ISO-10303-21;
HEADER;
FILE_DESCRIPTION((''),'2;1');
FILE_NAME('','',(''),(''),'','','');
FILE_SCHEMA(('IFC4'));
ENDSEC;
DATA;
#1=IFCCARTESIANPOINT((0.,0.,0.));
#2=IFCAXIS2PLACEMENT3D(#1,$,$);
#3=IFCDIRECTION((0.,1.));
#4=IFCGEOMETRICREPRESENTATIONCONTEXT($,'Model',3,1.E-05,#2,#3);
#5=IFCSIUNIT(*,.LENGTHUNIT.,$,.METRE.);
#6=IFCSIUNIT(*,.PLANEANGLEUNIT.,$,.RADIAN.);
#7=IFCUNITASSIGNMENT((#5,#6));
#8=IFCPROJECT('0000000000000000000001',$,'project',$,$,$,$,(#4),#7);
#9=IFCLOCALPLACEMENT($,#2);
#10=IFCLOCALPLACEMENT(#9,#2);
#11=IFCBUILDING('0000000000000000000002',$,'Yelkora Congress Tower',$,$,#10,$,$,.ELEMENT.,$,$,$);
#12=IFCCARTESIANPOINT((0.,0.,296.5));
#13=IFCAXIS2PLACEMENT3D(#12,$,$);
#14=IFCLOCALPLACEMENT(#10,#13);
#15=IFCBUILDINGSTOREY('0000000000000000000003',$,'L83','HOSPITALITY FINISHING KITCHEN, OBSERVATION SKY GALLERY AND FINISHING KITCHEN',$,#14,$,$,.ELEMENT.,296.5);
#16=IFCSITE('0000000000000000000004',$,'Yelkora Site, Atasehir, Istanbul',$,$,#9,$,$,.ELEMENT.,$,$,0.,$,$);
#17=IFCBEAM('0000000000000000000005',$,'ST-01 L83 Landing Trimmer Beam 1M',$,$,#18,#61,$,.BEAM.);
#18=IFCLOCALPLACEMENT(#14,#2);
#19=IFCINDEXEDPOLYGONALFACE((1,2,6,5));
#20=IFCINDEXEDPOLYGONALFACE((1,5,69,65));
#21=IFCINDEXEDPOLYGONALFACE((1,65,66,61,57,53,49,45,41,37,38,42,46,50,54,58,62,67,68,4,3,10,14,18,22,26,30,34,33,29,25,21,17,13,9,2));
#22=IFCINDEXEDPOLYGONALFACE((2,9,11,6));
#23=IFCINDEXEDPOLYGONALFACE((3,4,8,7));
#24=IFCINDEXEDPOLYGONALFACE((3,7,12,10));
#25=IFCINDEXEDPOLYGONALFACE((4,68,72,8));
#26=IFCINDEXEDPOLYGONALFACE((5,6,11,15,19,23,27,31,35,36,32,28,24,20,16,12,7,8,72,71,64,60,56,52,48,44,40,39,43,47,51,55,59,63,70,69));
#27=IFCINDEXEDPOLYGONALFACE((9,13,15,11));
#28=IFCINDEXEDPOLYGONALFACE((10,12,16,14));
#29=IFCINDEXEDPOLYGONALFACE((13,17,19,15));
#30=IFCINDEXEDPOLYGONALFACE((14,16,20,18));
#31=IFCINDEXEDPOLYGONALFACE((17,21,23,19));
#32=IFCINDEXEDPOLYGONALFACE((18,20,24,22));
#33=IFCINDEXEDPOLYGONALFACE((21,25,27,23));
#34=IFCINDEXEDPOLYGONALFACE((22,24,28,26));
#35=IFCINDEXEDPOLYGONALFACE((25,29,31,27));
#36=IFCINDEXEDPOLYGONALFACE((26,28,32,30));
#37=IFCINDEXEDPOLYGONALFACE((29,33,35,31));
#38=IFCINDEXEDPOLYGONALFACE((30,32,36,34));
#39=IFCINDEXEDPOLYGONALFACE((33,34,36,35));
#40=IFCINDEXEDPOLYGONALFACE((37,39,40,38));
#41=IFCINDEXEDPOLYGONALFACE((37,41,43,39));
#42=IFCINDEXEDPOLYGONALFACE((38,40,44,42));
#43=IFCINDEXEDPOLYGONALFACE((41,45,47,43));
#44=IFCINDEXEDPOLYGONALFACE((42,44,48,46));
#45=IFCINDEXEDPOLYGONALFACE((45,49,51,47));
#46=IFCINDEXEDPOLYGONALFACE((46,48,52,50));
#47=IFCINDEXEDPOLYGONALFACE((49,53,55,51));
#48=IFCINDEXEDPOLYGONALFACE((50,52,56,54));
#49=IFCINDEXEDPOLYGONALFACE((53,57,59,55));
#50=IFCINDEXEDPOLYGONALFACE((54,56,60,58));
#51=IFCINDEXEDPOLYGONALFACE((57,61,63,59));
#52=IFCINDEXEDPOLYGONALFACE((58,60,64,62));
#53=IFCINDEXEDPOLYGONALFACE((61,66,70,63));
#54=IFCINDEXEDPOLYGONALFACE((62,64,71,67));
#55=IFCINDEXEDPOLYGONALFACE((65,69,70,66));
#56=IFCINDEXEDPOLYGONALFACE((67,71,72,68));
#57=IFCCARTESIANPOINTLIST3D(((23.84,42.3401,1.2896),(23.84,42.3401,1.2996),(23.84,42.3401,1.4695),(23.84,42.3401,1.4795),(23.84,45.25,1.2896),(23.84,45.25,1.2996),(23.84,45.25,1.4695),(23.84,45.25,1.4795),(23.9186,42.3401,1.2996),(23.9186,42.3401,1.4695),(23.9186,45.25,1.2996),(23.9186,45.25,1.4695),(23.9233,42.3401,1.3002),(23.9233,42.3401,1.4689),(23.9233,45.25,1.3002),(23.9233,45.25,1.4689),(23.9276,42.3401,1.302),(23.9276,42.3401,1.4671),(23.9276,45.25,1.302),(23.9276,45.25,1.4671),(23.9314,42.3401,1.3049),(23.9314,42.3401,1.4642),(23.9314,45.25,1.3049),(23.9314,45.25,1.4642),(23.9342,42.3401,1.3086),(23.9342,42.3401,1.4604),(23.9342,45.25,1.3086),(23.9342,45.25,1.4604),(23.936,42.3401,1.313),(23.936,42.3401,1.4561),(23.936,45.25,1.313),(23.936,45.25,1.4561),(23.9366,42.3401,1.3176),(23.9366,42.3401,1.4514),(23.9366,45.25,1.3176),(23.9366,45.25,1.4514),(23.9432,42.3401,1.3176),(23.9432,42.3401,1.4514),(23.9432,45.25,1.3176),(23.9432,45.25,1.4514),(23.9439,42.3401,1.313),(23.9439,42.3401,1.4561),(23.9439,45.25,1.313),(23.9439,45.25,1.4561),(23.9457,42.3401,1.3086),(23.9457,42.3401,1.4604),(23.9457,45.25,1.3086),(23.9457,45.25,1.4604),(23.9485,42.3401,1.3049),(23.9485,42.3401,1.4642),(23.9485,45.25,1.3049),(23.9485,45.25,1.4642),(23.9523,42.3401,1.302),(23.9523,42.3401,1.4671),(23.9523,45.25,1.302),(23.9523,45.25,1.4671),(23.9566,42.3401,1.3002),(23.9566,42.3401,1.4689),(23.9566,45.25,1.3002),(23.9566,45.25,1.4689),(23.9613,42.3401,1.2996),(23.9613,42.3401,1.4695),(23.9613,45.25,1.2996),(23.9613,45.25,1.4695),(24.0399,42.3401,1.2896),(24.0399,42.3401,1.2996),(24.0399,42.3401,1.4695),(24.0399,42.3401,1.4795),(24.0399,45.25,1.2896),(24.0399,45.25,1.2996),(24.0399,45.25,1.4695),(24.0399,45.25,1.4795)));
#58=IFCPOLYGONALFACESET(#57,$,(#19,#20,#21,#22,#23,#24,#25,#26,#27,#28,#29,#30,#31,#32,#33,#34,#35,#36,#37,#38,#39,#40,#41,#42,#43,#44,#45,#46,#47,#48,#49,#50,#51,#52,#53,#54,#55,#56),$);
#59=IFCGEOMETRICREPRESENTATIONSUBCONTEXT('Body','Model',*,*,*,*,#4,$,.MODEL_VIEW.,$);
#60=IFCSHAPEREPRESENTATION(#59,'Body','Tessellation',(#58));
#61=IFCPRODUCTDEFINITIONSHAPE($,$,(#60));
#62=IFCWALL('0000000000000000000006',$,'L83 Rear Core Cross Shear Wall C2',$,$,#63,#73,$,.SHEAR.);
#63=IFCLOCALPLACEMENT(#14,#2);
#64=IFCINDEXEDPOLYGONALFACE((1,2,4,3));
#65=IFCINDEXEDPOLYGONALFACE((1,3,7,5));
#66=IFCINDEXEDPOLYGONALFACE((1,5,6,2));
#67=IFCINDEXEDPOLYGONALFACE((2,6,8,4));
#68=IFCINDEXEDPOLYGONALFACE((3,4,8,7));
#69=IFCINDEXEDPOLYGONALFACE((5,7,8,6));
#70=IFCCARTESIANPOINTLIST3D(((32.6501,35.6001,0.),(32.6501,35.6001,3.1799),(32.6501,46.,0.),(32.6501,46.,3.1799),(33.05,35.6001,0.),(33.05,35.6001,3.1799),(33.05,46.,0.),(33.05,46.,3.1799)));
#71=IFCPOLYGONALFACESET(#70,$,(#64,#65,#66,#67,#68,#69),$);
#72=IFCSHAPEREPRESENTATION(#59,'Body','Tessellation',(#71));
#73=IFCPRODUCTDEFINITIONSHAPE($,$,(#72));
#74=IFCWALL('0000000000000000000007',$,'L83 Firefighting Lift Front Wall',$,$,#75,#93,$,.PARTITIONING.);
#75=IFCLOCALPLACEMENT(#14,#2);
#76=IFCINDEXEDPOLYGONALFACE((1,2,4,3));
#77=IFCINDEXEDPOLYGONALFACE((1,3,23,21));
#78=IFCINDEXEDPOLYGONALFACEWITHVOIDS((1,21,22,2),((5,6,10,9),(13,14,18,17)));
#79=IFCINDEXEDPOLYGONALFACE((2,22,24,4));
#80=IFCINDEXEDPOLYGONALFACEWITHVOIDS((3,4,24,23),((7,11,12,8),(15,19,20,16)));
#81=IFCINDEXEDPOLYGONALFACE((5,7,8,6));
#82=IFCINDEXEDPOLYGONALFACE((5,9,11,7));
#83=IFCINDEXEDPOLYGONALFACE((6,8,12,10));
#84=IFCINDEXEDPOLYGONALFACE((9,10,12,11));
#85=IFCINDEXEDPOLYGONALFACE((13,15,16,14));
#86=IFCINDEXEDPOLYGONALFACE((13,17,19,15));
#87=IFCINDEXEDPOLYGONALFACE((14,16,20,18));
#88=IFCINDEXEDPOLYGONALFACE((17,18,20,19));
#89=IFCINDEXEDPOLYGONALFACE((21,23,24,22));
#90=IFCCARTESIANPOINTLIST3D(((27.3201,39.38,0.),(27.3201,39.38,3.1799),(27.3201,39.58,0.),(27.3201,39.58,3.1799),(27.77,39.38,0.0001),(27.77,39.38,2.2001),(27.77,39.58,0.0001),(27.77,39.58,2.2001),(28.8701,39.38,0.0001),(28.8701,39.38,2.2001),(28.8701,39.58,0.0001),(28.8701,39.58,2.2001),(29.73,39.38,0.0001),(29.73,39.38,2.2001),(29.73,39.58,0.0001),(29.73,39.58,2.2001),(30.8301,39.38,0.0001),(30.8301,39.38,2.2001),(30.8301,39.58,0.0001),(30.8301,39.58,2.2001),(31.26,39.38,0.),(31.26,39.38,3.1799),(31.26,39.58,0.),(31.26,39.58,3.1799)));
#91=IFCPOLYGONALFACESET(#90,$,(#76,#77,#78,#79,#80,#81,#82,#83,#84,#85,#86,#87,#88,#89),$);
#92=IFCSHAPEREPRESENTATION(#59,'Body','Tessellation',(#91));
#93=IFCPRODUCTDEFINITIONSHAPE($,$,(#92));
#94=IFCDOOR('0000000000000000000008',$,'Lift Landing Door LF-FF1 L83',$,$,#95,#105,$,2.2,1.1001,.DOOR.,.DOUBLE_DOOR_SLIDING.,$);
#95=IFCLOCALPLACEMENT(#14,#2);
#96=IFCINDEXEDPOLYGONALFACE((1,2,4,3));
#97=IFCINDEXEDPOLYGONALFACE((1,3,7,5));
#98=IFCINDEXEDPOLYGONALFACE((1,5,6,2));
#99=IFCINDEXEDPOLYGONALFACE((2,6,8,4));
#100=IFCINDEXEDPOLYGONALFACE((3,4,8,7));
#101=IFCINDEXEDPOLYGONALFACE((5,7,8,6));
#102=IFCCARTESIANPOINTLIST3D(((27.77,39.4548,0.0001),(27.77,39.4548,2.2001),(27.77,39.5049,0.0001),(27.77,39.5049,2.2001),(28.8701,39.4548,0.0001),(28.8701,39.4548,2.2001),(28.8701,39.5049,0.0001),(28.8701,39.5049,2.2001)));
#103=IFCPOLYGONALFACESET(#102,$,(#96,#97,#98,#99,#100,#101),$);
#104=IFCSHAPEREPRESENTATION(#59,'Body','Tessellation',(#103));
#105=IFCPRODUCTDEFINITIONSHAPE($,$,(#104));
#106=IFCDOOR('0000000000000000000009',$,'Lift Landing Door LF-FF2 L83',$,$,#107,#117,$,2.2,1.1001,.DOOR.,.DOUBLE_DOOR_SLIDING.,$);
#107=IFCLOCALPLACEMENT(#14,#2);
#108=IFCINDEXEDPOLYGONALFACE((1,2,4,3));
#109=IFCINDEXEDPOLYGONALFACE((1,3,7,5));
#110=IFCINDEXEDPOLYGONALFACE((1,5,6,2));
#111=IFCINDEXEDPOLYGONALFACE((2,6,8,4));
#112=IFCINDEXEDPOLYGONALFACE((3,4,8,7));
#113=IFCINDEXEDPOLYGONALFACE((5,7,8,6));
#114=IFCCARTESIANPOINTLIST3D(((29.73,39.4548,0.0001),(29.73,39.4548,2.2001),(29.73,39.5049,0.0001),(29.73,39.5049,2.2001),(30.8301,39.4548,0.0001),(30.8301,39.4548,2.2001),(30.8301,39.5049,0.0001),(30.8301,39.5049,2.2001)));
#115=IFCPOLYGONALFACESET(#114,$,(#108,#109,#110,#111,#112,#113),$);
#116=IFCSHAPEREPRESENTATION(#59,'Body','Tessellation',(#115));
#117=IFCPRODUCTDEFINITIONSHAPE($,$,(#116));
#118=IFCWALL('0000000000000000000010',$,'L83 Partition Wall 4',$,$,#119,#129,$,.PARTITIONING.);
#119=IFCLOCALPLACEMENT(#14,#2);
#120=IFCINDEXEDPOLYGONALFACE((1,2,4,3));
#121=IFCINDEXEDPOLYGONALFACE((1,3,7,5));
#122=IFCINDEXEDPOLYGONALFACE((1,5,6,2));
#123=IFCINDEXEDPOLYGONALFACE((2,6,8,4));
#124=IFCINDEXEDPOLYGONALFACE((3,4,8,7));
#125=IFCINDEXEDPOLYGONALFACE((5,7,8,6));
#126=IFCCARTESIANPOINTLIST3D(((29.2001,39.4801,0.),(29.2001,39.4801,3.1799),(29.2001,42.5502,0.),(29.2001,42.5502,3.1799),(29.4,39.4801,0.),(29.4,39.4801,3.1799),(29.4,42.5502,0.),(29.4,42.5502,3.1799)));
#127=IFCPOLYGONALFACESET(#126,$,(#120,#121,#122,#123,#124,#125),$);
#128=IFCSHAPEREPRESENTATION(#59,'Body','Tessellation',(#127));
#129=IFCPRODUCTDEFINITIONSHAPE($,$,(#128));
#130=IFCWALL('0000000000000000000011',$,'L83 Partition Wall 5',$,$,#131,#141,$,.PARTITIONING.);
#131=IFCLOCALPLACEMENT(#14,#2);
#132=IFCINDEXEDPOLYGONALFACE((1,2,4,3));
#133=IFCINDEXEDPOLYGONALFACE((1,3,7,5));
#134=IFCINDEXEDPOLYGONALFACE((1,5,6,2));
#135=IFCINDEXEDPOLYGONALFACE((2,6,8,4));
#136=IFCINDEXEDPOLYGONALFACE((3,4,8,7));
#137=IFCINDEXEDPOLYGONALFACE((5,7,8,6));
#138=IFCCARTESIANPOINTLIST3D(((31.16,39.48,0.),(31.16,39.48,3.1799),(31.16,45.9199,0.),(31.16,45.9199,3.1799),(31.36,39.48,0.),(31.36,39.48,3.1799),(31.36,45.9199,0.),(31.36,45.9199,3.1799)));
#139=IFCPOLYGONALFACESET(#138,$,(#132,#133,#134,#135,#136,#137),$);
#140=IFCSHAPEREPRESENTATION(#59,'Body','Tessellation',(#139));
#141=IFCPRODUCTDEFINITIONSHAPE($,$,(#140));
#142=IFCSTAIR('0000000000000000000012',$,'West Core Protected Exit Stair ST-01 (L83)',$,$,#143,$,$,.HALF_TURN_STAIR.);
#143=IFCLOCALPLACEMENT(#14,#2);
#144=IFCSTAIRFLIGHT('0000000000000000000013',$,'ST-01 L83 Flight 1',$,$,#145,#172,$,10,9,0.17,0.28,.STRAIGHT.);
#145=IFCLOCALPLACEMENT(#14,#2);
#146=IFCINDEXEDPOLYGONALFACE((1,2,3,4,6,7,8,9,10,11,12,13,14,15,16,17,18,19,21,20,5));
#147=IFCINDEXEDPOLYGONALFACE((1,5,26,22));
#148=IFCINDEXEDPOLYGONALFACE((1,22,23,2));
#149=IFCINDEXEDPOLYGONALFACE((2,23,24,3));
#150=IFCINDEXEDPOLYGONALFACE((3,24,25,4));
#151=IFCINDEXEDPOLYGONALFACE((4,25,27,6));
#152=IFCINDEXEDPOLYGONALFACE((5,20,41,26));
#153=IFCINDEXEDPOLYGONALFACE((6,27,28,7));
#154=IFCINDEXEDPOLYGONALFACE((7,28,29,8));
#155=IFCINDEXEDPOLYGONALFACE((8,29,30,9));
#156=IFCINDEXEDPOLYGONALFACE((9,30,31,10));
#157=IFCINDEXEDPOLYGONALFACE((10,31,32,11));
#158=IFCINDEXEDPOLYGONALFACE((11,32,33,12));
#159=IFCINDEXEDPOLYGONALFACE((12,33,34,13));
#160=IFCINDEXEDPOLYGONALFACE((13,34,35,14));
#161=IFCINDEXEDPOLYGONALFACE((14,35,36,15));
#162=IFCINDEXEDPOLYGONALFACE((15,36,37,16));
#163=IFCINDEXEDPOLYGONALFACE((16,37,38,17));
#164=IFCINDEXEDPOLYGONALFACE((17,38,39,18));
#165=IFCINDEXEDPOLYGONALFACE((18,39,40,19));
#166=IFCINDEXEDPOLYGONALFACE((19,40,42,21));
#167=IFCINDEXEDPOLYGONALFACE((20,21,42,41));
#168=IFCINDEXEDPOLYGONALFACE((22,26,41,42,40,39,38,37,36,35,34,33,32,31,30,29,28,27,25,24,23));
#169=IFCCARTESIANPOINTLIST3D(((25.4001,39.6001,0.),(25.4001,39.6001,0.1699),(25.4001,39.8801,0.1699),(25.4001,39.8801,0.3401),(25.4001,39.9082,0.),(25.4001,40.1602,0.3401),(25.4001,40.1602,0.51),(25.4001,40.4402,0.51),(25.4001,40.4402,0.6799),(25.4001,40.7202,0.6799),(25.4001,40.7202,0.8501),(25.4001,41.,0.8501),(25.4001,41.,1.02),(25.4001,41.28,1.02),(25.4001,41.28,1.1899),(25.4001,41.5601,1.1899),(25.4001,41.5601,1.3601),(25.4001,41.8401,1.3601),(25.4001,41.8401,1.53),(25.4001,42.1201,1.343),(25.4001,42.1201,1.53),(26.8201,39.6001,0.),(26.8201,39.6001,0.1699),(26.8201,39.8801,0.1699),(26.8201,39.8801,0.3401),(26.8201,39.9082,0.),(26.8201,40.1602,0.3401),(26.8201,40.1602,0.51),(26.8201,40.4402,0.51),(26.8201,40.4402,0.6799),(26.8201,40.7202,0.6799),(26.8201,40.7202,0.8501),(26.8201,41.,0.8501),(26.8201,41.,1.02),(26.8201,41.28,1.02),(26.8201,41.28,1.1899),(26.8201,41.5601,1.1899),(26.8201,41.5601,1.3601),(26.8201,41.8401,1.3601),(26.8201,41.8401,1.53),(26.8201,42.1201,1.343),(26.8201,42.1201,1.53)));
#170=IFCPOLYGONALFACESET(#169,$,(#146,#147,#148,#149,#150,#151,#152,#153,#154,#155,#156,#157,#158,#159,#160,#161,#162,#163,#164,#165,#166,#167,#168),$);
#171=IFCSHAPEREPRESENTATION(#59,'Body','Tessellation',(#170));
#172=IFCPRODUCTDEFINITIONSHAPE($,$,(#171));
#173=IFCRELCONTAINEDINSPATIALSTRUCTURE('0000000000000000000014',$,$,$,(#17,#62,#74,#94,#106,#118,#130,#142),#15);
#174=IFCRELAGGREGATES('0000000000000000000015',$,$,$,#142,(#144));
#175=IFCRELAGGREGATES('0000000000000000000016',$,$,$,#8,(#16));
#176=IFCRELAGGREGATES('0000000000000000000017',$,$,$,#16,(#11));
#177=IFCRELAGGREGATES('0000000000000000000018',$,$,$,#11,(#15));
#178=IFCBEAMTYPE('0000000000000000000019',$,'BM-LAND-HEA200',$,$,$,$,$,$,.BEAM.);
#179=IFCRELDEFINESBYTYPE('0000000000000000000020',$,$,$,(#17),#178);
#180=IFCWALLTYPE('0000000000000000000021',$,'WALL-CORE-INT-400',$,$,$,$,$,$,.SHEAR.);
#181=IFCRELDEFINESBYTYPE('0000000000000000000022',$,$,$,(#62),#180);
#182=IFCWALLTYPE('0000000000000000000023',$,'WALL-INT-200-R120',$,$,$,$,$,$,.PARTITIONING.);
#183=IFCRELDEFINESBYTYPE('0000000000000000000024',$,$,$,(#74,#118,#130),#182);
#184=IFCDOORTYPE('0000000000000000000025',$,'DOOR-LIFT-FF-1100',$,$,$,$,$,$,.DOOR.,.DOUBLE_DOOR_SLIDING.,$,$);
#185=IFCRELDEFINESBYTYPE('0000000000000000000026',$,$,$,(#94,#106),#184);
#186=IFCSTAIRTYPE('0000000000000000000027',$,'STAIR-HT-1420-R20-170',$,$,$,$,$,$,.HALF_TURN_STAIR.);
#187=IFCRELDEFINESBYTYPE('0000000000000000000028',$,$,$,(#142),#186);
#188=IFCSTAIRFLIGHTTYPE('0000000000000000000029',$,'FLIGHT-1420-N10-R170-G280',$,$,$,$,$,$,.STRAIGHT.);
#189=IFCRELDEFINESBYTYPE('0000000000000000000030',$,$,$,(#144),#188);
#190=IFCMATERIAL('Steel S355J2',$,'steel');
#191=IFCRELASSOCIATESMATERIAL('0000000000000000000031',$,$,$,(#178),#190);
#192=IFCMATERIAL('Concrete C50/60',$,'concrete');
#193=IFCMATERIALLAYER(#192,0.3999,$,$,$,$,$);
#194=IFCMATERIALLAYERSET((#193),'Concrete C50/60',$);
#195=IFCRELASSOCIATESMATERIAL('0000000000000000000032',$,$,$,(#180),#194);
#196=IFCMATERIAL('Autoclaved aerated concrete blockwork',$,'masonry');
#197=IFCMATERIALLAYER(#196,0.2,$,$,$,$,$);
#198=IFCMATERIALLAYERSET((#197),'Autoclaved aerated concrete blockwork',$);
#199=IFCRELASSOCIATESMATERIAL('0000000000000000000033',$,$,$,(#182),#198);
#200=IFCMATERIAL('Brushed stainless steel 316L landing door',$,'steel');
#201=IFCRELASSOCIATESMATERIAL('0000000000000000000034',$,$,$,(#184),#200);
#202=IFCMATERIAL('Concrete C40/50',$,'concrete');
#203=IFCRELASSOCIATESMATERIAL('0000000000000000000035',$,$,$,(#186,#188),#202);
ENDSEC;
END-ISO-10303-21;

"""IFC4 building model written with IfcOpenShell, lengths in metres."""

from ifc_helpers import new_model, si_unit, direction, frame, frame_2d, origin, origin_2d, place, context, subcontext, project, spatial, polyline, rectangle, i_section, outline, extrude, material, layer, layer_set, material_profile, profile_set, type_object, element, fill, aggregate, save


model = new_model("IFC4")

# Units and contexts
model_context = context("Model", 3, precision=1e-05, world=origin(), true_north=direction((0.0, 1.0)))
body_context = subcontext(model_context, "Body", "Model", "MODEL_VIEW")
ifc_project = project(units=[si_unit("LENGTHUNIT", "METRE"), si_unit("PLANEANGLEUNIT", "RADIAN")], contexts=[model_context])

# Site, building, storey
site_placement = place(None, origin())
site = spatial("IfcSite", under=ifc_project, at=site_placement, Name="Yelkora Site, Atasehir, Istanbul", CompositionType="ELEMENT", RefElevation=0.0)
building_placement = place(site_placement, origin())
building = spatial("IfcBuilding", under=site, at=building_placement, Name="Yelkora Congress Tower", CompositionType="ELEMENT")
storey_placement = place(building_placement, frame((0.0, 0.0, 296.5)))
storey = spatial("IfcBuildingStorey", under=building, at=storey_placement, Name="L83", Description="HOSPITALITY FINISHING KITCHEN, OBSERVATION SKY GALLERY AND FINISHING KITCHEN", CompositionType="ELEMENT", Elevation=296.5)

# Beam
ifc_material_1 = material(Name="Steel S355J2", Category="steel")
ifc_material_profile = material_profile(ifc_material_1, i_section(OverallWidth=0.2, OverallDepth=0.1899, WebThickness=0.0066, FlangeThickness=0.01, FilletRadius=0.0181, at=origin_2d()), Name="HEA 200")
ifc_profile_set = profile_set([ifc_material_profile], Name="Steel S355J2")
beam_type = type_object("IfcBeamType", Name="BM-LAND-HEA200", PredefinedType="BEAM", material=ifc_profile_set)
beam_placement = place(storey_placement, frame((23.9399, 42.3401, 1.3845), z_axis=(0.0, 1.0, 0.0), x_axis=(-1.0, 0.0, 0.0)))
element("IfcBeam", 1, at=beam_placement, inside=storey, type_object=beam_type, Name="ST-01 L83 Landing Trimmer Beam 1M", PredefinedType="BEAM", context=body_context, shape_type="SweptSolid", body=[
    extrude(i_section(OverallWidth=0.2, OverallDepth=0.1899, WebThickness=0.0066, FlangeThickness=0.01, FilletRadius=0.0181, at=origin_2d()), origin(), (0.0, 0.0, 1.0), 2.9099),
])

# Shared definitions
ifc_material_2 = material(Name="Concrete C50/60", Category="concrete")
ifc_layer_1 = layer(ifc_material_2, 0.3999)
ifc_layer_set_1 = layer_set([ifc_layer_1], Name="Concrete C50/60")
wall_type_1 = type_object("IfcWallType", Name="WALL-CORE-INT-400", PredefinedType="SHEAR", material=ifc_layer_set_1)

# Wall
wall_1_placement = place(storey_placement, frame((32.8501, 35.6001, 0.0), z_axis=(0.0, 0.0, 1.0), x_axis=(0.0, 1.0, 0.0)))
element("IfcWall", 2, at=wall_1_placement, inside=storey, type_object=wall_type_1, Name="L83 Rear Core Cross Shear Wall C2", PredefinedType="SHEAR", context=body_context, shape_type="SweptSolid", body=[
    extrude(rectangle(XDim=10.3999, YDim=0.3999, at=frame_2d((5.2, 0.0))), origin(), (0.0, 0.0, 1.0), 3.1799),
])

# Shared definitions
ifc_material_3 = material(Name="Autoclaved aerated concrete blockwork", Category="masonry")
ifc_layer_2 = layer(ifc_material_3, 0.2)
ifc_layer_set_2 = layer_set([ifc_layer_2], Name="Autoclaved aerated concrete blockwork")
wall_type_2 = type_object("IfcWallType", Name="WALL-INT-200-R120", PredefinedType="PARTITIONING", material=ifc_layer_set_2)

# Wall, openings, doors
wall_2_placement = place(storey_placement, frame((27.3201, 39.48, 0.0), z_axis=(0.0, 0.0, 1.0), x_axis=(1.0, 0.0, 0.0)))
wall_2 = element("IfcWall", 3, at=wall_2_placement, inside=storey, type_object=wall_type_2, Name="L83 Firefighting Lift Front Wall", PredefinedType="PARTITIONING", context=body_context, shape_type="SweptSolid", body=[
    extrude(rectangle(XDim=3.9399, YDim=0.2, at=frame_2d((1.97, 0.0))), origin(), (0.0, 0.0, 1.0), 3.1799),
])
opening_1_placement = place(wall_2_placement, frame((0.45, 0.0, 0.0)))
opening_1 = element("IfcOpeningElement", 4, at=opening_1_placement, cuts=wall_2, PredefinedType="OPENING", context=body_context, shape_type="SweptSolid", body=[
    extrude(rectangle(XDim=1.1001, YDim=2.2, at=frame_2d((0.55, 1.1001))), frame((0.0, 0.1099, 0.0), z_axis=(0.0, -1.0, 0.0), x_axis=(1.0, 0.0, 0.0)), (0.0, 0.0, 1.0), 0.22),
])
opening_2_placement = place(wall_2_placement, frame((2.4099, 0.0, 0.0)))
opening_2 = element("IfcOpeningElement", 5, at=opening_2_placement, cuts=wall_2, PredefinedType="OPENING", context=body_context, shape_type="SweptSolid", body=[
    extrude(rectangle(XDim=1.1001, YDim=2.2, at=frame_2d((0.55, 1.1001))), frame((0.0, 0.1099, 0.0), z_axis=(0.0, -1.0, 0.0), x_axis=(1.0, 0.0, 0.0)), (0.0, 0.0, 1.0), 0.22),
])
ifc_material_4 = material(Name="Brushed stainless steel 316L landing door", Category="steel")
door_type_1 = type_object("IfcDoorType", Name="DOOR-LIFT-FF-1100", OperationType="DOUBLE_DOOR_SLIDING", PredefinedType="DOOR", material=ifc_material_4)
door_1_placement = place(opening_1_placement, origin())
door_1 = element("IfcDoor", 6, at=door_1_placement, inside=storey, type_object=door_type_1, Name="Lift Landing Door LF-FF1 L83", OperationType="DOUBLE_DOOR_SLIDING", OverallHeight=2.2, OverallWidth=1.1001, PredefinedType="DOOR", context=body_context, shape_type="SweptSolid", body=[
    extrude(rectangle(XDim=1.1001, YDim=2.2, at=frame_2d((0.55, 1.1001))), frame((0.0, 0.0249, 0.0), z_axis=(0.0, -1.0, 0.0), x_axis=(1.0, 0.0, 0.0)), (0.0, 0.0, 1.0), 0.05),
])
fill(opening_1, door_1)
door_2_placement = place(opening_2_placement, origin())
door_2 = element("IfcDoor", 7, at=door_2_placement, inside=storey, type_object=door_type_1, Name="Lift Landing Door LF-FF2 L83", OperationType="DOUBLE_DOOR_SLIDING", OverallHeight=2.2, OverallWidth=1.1001, PredefinedType="DOOR", context=body_context, shape_type="SweptSolid", body=[
    extrude(rectangle(XDim=1.1001, YDim=2.2, at=frame_2d((0.55, 1.1001))), frame((0.0, 0.0249, 0.0), z_axis=(0.0, -1.0, 0.0), x_axis=(1.0, 0.0, 0.0)), (0.0, 0.0, 1.0), 0.05),
])
fill(opening_2, door_2)

# Walls
wall_3_placement = place(storey_placement, frame((29.3, 39.48, 0.0), z_axis=(0.0, 0.0, 1.0), x_axis=(0.0, 1.0, 0.0)))
element("IfcWall", 8, at=wall_3_placement, inside=storey, type_object=wall_type_2, Name="L83 Partition Wall 4", PredefinedType="PARTITIONING", context=body_context, shape_type="SweptSolid", body=[
    extrude(rectangle(XDim=3.0701, YDim=0.2, at=frame_2d((1.5352, 0.0))), origin(), (0.0, 0.0, 1.0), 3.1799),
])
wall_4_placement = place(storey_placement, frame((31.26, 39.48, 0.0), z_axis=(0.0, 0.0, 1.0), x_axis=(0.0, 1.0, 0.0)))
element("IfcWall", 9, at=wall_4_placement, inside=storey, type_object=wall_type_2, Name="L83 Partition Wall 5", PredefinedType="PARTITIONING", context=body_context, shape_type="SweptSolid", body=[
    extrude(rectangle(XDim=6.4399, YDim=0.2, at=frame_2d((3.22, 0.0))), origin(), (0.0, 0.0, 1.0), 3.1799),
])

# Stair, stair flight
ifc_material_5 = material(Name="Concrete C40/50", Category="concrete")
stair_type = type_object("IfcStairType", Name="STAIR-HT-1420-R20-170", PredefinedType="HALF_TURN_STAIR", material=ifc_material_5)
stair_placement = place(storey_placement, origin())
stair = element("IfcStair", 10, at=stair_placement, inside=storey, type_object=stair_type, Name="West Core Protected Exit Stair ST-01 (L83)", PredefinedType="HALF_TURN_STAIR")
stair_flight_type = type_object("IfcStairFlightType", Name="FLIGHT-1420-N10-R170-G280", PredefinedType="STRAIGHT", material=ifc_material_5)
stair_flight_1_placement = place(storey_placement, frame((26.1101, 39.6001, 0.0), z_axis=(0.0, 0.0, 1.0), x_axis=(0.0, 1.0, 0.0)))
stair_flight_1 = element("IfcStairFlight", 11, at=stair_flight_1_placement, type_object=stair_flight_type, Name="ST-01 L83 Flight 1", NumberOfRisers=10, NumberOfTreads=9, PredefinedType="STRAIGHT", RiserHeight=0.17, TreadLength=0.28, context=body_context, shape_type="SweptSolid", body=[
    extrude(outline(polyline([(0.0, 0.0), (0.0, 0.1699), (0.28, 0.1699), (0.28, 0.3401), (0.5601, 0.3401), (0.5601, 0.51), (0.8401, 0.51), (0.8401, 0.6799), (1.1201, 0.6799), (1.1201, 0.8501), (1.3999, 0.8501), (1.3999, 1.02), (1.6799, 1.02), (1.6799, 1.1899), (1.96, 1.1899), (1.96, 1.3601), (2.24, 1.3601), (2.24, 1.53), (2.52, 1.53), (2.52, 1.7), (2.52, 1.343), (0.3081, 0.0), (0.0, 0.0)])), frame((0.0, 0.71, 0.0), z_axis=(0.0, -1.0, 0.0), x_axis=(1.0, 0.0, 0.0)), (0.0, 0.0, 1.0), 1.4199),
])
aggregate(stair, [stair_flight_1])

save(model, "model.ifc")
